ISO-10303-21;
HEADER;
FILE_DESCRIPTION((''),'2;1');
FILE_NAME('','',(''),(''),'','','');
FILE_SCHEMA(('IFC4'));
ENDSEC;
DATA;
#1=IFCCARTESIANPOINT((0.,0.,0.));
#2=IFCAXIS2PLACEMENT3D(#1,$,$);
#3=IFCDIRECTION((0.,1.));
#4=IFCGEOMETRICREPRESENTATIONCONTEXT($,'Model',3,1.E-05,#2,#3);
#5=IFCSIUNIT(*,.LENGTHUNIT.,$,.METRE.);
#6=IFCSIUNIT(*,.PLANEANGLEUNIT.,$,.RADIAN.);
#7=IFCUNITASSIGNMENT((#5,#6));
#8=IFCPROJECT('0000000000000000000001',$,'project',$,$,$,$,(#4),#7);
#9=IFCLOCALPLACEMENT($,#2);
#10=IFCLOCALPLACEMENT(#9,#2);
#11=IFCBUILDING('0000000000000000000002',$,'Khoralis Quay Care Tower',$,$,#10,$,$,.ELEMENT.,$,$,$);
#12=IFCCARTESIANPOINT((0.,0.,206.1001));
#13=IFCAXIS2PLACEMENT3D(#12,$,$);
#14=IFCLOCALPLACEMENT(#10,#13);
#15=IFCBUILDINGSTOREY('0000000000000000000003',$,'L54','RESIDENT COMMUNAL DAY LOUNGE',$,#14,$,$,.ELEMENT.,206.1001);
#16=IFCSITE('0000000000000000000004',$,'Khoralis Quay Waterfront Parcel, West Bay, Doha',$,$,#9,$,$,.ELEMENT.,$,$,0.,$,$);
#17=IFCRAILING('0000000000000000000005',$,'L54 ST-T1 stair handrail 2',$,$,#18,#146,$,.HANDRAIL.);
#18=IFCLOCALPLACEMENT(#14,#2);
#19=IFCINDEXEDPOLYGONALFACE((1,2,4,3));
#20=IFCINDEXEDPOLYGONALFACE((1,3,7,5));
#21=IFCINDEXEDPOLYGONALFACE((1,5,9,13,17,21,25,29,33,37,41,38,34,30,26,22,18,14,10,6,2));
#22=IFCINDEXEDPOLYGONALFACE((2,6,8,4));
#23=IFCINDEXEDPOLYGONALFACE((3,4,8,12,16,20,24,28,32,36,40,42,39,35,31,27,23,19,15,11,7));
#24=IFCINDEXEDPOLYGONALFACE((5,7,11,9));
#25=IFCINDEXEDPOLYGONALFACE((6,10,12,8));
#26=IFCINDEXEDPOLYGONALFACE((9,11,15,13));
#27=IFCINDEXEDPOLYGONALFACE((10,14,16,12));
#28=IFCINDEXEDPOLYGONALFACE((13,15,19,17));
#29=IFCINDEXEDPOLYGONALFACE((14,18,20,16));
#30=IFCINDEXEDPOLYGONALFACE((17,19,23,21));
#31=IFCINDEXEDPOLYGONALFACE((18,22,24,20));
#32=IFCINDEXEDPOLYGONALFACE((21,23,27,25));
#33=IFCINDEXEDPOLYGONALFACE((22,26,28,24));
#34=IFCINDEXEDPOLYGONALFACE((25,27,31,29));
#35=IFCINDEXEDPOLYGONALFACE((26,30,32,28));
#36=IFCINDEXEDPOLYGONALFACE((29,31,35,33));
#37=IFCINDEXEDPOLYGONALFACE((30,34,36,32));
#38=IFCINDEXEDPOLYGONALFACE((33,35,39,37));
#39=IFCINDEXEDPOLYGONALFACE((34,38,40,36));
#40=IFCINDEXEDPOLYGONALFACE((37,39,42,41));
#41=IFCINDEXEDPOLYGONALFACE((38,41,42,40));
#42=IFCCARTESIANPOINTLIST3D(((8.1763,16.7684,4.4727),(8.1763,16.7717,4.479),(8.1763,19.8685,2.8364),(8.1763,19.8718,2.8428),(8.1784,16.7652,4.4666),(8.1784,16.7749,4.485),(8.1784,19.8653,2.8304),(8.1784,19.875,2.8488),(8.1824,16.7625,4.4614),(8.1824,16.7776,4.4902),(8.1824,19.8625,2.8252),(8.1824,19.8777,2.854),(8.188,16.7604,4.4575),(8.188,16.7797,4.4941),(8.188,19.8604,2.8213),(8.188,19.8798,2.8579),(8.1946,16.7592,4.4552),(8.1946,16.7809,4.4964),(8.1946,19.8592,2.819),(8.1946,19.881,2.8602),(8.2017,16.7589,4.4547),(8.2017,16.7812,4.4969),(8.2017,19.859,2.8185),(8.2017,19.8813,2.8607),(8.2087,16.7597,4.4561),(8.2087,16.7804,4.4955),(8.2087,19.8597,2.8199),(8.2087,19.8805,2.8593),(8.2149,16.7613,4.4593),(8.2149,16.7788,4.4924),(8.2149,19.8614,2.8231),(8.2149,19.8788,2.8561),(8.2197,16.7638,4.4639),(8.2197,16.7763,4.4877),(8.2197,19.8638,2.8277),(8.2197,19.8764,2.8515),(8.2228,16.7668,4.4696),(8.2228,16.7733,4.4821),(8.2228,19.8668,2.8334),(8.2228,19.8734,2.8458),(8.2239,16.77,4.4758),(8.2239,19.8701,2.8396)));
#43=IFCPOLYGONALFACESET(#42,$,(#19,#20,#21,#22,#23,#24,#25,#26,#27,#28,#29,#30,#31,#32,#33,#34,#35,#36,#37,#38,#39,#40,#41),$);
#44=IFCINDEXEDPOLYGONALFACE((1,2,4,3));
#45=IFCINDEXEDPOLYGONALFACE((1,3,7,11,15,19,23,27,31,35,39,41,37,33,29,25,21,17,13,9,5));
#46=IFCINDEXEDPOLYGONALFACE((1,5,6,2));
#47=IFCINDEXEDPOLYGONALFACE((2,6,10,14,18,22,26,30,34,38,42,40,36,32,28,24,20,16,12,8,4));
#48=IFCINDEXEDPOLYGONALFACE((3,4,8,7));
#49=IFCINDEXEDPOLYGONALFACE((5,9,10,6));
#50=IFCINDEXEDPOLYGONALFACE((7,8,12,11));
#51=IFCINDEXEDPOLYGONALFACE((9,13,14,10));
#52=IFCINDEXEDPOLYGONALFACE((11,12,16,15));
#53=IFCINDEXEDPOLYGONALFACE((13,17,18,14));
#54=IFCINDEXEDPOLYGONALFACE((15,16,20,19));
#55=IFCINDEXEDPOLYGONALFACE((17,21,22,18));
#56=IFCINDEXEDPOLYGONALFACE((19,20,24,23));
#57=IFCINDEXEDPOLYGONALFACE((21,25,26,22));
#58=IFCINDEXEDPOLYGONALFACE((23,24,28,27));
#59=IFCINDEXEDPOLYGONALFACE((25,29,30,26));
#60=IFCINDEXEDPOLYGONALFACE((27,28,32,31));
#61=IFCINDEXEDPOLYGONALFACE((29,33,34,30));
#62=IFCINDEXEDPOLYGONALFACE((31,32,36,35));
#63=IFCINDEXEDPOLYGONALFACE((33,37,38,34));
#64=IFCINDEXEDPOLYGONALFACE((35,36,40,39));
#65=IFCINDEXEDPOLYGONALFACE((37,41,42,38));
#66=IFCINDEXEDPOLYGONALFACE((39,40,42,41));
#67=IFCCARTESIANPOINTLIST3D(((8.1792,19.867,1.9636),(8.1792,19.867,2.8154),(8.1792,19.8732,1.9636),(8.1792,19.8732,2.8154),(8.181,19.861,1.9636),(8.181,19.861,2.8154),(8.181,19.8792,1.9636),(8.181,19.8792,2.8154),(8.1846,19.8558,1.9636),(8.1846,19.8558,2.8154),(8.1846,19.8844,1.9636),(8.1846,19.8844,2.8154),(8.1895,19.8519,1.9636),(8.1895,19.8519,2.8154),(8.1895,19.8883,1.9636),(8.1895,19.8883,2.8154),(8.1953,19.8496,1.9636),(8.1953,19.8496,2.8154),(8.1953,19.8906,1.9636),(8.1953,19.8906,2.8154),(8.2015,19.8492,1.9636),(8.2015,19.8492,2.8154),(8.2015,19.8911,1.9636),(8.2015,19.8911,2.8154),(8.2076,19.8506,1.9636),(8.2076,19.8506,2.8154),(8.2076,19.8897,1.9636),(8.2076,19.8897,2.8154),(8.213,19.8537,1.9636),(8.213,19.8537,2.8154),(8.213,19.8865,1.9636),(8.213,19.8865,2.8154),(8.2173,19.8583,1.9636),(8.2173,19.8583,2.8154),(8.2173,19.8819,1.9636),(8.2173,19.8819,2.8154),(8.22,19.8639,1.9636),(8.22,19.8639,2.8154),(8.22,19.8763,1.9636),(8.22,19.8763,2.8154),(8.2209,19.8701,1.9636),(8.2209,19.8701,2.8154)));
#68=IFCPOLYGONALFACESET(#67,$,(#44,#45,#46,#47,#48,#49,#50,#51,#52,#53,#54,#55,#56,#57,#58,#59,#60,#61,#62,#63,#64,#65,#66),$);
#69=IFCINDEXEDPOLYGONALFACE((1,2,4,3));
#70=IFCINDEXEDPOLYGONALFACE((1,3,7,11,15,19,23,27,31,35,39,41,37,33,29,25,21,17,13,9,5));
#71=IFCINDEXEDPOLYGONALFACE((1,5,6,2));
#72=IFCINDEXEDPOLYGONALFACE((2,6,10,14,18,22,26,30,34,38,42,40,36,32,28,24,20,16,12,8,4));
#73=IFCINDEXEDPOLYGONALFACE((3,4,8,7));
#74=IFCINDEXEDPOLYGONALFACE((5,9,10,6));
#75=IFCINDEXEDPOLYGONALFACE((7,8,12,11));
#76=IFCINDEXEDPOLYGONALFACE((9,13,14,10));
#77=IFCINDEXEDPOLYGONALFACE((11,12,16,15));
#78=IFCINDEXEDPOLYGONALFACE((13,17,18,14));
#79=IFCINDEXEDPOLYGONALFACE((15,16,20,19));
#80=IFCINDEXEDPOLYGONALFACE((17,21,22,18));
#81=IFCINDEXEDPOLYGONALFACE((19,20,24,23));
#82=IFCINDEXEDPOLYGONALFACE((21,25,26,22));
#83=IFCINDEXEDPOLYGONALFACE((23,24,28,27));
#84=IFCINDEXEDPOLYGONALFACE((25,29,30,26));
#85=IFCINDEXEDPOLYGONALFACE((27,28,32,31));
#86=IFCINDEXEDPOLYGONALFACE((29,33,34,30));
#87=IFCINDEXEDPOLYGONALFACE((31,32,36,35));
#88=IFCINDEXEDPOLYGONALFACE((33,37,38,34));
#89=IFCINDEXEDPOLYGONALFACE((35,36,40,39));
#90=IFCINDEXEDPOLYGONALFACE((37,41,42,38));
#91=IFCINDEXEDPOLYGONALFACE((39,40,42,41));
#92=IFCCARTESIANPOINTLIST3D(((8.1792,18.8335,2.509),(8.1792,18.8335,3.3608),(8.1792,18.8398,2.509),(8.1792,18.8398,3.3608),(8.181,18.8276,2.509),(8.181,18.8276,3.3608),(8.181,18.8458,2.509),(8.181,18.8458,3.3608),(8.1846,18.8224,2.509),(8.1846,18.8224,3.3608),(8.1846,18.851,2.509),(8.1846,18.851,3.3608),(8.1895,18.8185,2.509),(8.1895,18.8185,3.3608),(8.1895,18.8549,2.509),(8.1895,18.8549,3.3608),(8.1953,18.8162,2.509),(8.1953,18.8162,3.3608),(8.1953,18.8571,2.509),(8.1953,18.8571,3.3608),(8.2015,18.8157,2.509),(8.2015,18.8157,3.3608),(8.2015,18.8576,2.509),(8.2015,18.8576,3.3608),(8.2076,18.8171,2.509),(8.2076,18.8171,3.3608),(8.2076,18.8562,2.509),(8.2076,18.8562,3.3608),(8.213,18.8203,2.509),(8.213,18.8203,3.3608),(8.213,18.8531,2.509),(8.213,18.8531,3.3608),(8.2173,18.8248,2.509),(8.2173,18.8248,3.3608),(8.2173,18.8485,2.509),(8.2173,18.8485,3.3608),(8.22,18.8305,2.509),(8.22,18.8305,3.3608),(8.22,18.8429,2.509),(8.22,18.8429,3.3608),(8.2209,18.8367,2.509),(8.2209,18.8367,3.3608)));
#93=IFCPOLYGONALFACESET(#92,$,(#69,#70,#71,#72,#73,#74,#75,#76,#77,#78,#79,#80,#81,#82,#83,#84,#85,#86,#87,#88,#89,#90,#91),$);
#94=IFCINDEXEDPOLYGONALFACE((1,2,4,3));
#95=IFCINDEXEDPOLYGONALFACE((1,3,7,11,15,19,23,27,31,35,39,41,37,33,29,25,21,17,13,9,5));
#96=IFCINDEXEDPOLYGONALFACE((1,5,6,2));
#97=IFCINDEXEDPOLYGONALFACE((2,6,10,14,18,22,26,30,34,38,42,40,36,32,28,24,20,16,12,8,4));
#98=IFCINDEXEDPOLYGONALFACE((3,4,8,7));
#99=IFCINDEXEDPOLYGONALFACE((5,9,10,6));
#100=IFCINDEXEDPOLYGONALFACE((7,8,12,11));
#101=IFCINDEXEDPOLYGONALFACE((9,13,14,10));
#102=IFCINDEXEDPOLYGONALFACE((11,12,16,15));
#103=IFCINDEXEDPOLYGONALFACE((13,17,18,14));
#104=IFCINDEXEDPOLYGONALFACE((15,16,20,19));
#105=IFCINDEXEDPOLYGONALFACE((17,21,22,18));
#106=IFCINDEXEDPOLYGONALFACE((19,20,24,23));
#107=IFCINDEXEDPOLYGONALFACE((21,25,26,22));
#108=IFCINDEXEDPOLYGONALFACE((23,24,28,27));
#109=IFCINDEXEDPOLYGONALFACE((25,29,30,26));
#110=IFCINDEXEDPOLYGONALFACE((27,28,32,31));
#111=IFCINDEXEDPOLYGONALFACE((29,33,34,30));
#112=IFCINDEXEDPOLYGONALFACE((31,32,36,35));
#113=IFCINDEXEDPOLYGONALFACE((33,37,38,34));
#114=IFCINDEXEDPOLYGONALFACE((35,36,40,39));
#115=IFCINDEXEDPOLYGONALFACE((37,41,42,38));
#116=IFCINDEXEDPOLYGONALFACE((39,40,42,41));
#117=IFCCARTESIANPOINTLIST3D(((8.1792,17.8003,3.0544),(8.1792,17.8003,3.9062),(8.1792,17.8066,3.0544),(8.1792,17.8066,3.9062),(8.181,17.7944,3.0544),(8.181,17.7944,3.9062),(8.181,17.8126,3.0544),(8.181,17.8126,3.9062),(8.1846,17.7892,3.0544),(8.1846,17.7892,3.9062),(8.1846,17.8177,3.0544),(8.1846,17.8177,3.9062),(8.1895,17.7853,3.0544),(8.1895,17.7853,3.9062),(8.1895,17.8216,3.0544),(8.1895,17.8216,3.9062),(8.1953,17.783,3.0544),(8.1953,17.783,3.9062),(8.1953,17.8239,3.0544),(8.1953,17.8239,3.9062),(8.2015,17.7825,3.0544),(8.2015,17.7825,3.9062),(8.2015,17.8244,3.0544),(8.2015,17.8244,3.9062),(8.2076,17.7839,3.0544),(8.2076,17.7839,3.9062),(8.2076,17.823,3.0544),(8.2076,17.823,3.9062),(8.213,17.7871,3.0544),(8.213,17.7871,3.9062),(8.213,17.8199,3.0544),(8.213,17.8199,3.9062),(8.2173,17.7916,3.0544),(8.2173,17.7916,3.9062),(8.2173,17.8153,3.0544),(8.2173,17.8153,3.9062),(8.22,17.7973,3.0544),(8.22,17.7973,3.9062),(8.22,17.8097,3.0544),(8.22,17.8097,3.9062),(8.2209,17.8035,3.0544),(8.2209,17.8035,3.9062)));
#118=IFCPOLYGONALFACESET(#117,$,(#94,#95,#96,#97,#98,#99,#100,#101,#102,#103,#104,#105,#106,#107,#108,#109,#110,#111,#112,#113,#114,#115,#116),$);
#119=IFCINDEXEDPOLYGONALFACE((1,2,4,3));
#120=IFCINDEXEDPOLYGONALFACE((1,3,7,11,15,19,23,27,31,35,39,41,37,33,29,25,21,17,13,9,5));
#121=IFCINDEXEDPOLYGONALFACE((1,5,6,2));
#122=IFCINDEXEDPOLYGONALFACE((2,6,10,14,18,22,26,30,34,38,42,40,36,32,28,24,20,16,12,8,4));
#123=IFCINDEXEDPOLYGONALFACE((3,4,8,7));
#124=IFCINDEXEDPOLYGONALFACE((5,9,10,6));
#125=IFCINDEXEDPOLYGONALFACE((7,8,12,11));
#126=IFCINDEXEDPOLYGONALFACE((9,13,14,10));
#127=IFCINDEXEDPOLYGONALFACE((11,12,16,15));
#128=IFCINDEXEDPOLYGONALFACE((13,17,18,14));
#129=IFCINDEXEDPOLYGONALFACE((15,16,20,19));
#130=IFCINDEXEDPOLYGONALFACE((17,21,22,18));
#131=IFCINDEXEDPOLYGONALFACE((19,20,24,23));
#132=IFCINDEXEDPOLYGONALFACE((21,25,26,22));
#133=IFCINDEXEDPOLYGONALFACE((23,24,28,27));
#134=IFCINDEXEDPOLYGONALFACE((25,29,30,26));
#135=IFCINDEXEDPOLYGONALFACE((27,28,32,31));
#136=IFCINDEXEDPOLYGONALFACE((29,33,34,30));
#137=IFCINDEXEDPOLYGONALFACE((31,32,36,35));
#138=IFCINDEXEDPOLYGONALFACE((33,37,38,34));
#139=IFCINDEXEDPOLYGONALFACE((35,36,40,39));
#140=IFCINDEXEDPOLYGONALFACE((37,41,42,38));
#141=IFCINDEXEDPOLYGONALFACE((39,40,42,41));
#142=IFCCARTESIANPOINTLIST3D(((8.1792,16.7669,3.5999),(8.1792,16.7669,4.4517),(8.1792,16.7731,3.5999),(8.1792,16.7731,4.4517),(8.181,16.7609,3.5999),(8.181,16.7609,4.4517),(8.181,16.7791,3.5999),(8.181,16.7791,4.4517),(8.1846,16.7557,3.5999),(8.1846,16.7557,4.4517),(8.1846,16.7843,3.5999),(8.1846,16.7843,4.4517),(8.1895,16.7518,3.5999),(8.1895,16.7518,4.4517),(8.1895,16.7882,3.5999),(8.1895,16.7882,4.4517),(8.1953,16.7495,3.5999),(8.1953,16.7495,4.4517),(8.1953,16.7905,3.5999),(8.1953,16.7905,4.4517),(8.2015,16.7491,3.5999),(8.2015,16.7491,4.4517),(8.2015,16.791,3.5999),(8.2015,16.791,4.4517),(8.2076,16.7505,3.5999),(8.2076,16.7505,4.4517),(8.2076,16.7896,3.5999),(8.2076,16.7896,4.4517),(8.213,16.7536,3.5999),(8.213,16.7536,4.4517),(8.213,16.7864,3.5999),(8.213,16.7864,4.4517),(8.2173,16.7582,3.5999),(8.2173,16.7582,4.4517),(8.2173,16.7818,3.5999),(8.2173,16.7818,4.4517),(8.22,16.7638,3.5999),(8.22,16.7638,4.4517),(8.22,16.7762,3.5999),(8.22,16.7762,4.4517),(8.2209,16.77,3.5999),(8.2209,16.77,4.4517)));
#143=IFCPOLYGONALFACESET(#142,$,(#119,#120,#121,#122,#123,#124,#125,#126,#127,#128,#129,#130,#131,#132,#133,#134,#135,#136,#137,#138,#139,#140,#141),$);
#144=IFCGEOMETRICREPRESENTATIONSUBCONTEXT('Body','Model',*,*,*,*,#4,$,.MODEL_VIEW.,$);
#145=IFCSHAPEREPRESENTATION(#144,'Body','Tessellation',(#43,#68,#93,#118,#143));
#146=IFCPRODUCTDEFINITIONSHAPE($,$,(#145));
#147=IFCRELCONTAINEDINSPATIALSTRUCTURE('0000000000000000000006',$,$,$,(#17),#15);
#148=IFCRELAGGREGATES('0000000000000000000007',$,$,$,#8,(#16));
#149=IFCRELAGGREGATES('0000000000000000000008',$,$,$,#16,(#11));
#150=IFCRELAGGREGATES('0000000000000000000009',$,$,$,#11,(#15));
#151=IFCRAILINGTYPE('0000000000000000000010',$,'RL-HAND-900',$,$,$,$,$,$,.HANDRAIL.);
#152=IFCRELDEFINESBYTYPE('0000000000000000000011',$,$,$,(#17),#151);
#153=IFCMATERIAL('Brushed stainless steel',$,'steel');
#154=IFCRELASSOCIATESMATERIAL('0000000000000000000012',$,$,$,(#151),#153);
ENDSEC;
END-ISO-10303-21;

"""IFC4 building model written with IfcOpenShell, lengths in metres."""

from ifc_helpers import new_model, si_unit, direction, frame, origin, origin_2d, place, context, subcontext, project, spatial, circle, extrude, material, type_object, element, save


model = new_model("IFC4")

# Units and contexts
model_context = context("Model", 3, precision=1e-05, world=origin(), true_north=direction((0.0, 1.0)))
body_context = subcontext(model_context, "Body", "Model", "MODEL_VIEW")
ifc_project = project(units=[si_unit("LENGTHUNIT", "METRE"), si_unit("PLANEANGLEUNIT", "RADIAN")], contexts=[model_context])

# Site, building, storey
site_placement = place(None, origin())
site = spatial("IfcSite", under=ifc_project, at=site_placement, Name="Khoralis Quay Waterfront Parcel, West Bay, Doha", CompositionType="ELEMENT", RefElevation=0.0)
building_placement = place(site_placement, origin())
building = spatial("IfcBuilding", under=site, at=building_placement, Name="Khoralis Quay Care Tower", CompositionType="ELEMENT")
storey_placement = place(building_placement, frame((0.0, 0.0, 206.1001)))
storey = spatial("IfcBuildingStorey", under=building, at=storey_placement, Name="L54", Description="RESIDENT COMMUNAL DAY LOUNGE", CompositionType="ELEMENT", Elevation=206.1001)

# Railing
ifc_material_1 = material(Name="Brushed stainless steel", Category="steel")
railing_type_1 = type_object("IfcRailingType", Name="RL-HAND-900", PredefinedType="HANDRAIL", material=ifc_material_1)
railing_1_placement = place(storey_placement, frame((8.2, 19.8701, 1.9636)))
element("IfcRailing", 1, at=railing_1_placement, inside=storey, type_object=railing_type_1, Name="L54 ST-T1 stair handrail 2", PredefinedType="HANDRAIL", context=body_context, shape_type="SweptSolid", body=[
    extrude(circle(Radius=0.0239, at=origin_2d()), frame((0.0, 0.0, 0.876), z_axis=(0.0, -0.884377, 0.466774), x_axis=(1.0, 0.0, 0.0)), (0.0, 0.0, 1.0), 3.5054),
    extrude(circle(Radius=0.021, at=origin_2d()), origin(), (0.0, 0.0, 1.0), 0.8518),
    extrude(circle(Radius=0.021, at=origin_2d()), frame((0.0, -1.0334, 0.5454)), (0.0, 0.0, 1.0), 0.8518),
    extrude(circle(Radius=0.021, at=origin_2d()), frame((0.0, -2.0667, 1.0908)), (0.0, 0.0, 1.0), 0.8518),
    extrude(circle(Radius=0.021, at=origin_2d()), frame((0.0, -3.1001, 1.6362)), (0.0, 0.0, 1.0), 0.8518),
])

save(model, "model.ifc")
